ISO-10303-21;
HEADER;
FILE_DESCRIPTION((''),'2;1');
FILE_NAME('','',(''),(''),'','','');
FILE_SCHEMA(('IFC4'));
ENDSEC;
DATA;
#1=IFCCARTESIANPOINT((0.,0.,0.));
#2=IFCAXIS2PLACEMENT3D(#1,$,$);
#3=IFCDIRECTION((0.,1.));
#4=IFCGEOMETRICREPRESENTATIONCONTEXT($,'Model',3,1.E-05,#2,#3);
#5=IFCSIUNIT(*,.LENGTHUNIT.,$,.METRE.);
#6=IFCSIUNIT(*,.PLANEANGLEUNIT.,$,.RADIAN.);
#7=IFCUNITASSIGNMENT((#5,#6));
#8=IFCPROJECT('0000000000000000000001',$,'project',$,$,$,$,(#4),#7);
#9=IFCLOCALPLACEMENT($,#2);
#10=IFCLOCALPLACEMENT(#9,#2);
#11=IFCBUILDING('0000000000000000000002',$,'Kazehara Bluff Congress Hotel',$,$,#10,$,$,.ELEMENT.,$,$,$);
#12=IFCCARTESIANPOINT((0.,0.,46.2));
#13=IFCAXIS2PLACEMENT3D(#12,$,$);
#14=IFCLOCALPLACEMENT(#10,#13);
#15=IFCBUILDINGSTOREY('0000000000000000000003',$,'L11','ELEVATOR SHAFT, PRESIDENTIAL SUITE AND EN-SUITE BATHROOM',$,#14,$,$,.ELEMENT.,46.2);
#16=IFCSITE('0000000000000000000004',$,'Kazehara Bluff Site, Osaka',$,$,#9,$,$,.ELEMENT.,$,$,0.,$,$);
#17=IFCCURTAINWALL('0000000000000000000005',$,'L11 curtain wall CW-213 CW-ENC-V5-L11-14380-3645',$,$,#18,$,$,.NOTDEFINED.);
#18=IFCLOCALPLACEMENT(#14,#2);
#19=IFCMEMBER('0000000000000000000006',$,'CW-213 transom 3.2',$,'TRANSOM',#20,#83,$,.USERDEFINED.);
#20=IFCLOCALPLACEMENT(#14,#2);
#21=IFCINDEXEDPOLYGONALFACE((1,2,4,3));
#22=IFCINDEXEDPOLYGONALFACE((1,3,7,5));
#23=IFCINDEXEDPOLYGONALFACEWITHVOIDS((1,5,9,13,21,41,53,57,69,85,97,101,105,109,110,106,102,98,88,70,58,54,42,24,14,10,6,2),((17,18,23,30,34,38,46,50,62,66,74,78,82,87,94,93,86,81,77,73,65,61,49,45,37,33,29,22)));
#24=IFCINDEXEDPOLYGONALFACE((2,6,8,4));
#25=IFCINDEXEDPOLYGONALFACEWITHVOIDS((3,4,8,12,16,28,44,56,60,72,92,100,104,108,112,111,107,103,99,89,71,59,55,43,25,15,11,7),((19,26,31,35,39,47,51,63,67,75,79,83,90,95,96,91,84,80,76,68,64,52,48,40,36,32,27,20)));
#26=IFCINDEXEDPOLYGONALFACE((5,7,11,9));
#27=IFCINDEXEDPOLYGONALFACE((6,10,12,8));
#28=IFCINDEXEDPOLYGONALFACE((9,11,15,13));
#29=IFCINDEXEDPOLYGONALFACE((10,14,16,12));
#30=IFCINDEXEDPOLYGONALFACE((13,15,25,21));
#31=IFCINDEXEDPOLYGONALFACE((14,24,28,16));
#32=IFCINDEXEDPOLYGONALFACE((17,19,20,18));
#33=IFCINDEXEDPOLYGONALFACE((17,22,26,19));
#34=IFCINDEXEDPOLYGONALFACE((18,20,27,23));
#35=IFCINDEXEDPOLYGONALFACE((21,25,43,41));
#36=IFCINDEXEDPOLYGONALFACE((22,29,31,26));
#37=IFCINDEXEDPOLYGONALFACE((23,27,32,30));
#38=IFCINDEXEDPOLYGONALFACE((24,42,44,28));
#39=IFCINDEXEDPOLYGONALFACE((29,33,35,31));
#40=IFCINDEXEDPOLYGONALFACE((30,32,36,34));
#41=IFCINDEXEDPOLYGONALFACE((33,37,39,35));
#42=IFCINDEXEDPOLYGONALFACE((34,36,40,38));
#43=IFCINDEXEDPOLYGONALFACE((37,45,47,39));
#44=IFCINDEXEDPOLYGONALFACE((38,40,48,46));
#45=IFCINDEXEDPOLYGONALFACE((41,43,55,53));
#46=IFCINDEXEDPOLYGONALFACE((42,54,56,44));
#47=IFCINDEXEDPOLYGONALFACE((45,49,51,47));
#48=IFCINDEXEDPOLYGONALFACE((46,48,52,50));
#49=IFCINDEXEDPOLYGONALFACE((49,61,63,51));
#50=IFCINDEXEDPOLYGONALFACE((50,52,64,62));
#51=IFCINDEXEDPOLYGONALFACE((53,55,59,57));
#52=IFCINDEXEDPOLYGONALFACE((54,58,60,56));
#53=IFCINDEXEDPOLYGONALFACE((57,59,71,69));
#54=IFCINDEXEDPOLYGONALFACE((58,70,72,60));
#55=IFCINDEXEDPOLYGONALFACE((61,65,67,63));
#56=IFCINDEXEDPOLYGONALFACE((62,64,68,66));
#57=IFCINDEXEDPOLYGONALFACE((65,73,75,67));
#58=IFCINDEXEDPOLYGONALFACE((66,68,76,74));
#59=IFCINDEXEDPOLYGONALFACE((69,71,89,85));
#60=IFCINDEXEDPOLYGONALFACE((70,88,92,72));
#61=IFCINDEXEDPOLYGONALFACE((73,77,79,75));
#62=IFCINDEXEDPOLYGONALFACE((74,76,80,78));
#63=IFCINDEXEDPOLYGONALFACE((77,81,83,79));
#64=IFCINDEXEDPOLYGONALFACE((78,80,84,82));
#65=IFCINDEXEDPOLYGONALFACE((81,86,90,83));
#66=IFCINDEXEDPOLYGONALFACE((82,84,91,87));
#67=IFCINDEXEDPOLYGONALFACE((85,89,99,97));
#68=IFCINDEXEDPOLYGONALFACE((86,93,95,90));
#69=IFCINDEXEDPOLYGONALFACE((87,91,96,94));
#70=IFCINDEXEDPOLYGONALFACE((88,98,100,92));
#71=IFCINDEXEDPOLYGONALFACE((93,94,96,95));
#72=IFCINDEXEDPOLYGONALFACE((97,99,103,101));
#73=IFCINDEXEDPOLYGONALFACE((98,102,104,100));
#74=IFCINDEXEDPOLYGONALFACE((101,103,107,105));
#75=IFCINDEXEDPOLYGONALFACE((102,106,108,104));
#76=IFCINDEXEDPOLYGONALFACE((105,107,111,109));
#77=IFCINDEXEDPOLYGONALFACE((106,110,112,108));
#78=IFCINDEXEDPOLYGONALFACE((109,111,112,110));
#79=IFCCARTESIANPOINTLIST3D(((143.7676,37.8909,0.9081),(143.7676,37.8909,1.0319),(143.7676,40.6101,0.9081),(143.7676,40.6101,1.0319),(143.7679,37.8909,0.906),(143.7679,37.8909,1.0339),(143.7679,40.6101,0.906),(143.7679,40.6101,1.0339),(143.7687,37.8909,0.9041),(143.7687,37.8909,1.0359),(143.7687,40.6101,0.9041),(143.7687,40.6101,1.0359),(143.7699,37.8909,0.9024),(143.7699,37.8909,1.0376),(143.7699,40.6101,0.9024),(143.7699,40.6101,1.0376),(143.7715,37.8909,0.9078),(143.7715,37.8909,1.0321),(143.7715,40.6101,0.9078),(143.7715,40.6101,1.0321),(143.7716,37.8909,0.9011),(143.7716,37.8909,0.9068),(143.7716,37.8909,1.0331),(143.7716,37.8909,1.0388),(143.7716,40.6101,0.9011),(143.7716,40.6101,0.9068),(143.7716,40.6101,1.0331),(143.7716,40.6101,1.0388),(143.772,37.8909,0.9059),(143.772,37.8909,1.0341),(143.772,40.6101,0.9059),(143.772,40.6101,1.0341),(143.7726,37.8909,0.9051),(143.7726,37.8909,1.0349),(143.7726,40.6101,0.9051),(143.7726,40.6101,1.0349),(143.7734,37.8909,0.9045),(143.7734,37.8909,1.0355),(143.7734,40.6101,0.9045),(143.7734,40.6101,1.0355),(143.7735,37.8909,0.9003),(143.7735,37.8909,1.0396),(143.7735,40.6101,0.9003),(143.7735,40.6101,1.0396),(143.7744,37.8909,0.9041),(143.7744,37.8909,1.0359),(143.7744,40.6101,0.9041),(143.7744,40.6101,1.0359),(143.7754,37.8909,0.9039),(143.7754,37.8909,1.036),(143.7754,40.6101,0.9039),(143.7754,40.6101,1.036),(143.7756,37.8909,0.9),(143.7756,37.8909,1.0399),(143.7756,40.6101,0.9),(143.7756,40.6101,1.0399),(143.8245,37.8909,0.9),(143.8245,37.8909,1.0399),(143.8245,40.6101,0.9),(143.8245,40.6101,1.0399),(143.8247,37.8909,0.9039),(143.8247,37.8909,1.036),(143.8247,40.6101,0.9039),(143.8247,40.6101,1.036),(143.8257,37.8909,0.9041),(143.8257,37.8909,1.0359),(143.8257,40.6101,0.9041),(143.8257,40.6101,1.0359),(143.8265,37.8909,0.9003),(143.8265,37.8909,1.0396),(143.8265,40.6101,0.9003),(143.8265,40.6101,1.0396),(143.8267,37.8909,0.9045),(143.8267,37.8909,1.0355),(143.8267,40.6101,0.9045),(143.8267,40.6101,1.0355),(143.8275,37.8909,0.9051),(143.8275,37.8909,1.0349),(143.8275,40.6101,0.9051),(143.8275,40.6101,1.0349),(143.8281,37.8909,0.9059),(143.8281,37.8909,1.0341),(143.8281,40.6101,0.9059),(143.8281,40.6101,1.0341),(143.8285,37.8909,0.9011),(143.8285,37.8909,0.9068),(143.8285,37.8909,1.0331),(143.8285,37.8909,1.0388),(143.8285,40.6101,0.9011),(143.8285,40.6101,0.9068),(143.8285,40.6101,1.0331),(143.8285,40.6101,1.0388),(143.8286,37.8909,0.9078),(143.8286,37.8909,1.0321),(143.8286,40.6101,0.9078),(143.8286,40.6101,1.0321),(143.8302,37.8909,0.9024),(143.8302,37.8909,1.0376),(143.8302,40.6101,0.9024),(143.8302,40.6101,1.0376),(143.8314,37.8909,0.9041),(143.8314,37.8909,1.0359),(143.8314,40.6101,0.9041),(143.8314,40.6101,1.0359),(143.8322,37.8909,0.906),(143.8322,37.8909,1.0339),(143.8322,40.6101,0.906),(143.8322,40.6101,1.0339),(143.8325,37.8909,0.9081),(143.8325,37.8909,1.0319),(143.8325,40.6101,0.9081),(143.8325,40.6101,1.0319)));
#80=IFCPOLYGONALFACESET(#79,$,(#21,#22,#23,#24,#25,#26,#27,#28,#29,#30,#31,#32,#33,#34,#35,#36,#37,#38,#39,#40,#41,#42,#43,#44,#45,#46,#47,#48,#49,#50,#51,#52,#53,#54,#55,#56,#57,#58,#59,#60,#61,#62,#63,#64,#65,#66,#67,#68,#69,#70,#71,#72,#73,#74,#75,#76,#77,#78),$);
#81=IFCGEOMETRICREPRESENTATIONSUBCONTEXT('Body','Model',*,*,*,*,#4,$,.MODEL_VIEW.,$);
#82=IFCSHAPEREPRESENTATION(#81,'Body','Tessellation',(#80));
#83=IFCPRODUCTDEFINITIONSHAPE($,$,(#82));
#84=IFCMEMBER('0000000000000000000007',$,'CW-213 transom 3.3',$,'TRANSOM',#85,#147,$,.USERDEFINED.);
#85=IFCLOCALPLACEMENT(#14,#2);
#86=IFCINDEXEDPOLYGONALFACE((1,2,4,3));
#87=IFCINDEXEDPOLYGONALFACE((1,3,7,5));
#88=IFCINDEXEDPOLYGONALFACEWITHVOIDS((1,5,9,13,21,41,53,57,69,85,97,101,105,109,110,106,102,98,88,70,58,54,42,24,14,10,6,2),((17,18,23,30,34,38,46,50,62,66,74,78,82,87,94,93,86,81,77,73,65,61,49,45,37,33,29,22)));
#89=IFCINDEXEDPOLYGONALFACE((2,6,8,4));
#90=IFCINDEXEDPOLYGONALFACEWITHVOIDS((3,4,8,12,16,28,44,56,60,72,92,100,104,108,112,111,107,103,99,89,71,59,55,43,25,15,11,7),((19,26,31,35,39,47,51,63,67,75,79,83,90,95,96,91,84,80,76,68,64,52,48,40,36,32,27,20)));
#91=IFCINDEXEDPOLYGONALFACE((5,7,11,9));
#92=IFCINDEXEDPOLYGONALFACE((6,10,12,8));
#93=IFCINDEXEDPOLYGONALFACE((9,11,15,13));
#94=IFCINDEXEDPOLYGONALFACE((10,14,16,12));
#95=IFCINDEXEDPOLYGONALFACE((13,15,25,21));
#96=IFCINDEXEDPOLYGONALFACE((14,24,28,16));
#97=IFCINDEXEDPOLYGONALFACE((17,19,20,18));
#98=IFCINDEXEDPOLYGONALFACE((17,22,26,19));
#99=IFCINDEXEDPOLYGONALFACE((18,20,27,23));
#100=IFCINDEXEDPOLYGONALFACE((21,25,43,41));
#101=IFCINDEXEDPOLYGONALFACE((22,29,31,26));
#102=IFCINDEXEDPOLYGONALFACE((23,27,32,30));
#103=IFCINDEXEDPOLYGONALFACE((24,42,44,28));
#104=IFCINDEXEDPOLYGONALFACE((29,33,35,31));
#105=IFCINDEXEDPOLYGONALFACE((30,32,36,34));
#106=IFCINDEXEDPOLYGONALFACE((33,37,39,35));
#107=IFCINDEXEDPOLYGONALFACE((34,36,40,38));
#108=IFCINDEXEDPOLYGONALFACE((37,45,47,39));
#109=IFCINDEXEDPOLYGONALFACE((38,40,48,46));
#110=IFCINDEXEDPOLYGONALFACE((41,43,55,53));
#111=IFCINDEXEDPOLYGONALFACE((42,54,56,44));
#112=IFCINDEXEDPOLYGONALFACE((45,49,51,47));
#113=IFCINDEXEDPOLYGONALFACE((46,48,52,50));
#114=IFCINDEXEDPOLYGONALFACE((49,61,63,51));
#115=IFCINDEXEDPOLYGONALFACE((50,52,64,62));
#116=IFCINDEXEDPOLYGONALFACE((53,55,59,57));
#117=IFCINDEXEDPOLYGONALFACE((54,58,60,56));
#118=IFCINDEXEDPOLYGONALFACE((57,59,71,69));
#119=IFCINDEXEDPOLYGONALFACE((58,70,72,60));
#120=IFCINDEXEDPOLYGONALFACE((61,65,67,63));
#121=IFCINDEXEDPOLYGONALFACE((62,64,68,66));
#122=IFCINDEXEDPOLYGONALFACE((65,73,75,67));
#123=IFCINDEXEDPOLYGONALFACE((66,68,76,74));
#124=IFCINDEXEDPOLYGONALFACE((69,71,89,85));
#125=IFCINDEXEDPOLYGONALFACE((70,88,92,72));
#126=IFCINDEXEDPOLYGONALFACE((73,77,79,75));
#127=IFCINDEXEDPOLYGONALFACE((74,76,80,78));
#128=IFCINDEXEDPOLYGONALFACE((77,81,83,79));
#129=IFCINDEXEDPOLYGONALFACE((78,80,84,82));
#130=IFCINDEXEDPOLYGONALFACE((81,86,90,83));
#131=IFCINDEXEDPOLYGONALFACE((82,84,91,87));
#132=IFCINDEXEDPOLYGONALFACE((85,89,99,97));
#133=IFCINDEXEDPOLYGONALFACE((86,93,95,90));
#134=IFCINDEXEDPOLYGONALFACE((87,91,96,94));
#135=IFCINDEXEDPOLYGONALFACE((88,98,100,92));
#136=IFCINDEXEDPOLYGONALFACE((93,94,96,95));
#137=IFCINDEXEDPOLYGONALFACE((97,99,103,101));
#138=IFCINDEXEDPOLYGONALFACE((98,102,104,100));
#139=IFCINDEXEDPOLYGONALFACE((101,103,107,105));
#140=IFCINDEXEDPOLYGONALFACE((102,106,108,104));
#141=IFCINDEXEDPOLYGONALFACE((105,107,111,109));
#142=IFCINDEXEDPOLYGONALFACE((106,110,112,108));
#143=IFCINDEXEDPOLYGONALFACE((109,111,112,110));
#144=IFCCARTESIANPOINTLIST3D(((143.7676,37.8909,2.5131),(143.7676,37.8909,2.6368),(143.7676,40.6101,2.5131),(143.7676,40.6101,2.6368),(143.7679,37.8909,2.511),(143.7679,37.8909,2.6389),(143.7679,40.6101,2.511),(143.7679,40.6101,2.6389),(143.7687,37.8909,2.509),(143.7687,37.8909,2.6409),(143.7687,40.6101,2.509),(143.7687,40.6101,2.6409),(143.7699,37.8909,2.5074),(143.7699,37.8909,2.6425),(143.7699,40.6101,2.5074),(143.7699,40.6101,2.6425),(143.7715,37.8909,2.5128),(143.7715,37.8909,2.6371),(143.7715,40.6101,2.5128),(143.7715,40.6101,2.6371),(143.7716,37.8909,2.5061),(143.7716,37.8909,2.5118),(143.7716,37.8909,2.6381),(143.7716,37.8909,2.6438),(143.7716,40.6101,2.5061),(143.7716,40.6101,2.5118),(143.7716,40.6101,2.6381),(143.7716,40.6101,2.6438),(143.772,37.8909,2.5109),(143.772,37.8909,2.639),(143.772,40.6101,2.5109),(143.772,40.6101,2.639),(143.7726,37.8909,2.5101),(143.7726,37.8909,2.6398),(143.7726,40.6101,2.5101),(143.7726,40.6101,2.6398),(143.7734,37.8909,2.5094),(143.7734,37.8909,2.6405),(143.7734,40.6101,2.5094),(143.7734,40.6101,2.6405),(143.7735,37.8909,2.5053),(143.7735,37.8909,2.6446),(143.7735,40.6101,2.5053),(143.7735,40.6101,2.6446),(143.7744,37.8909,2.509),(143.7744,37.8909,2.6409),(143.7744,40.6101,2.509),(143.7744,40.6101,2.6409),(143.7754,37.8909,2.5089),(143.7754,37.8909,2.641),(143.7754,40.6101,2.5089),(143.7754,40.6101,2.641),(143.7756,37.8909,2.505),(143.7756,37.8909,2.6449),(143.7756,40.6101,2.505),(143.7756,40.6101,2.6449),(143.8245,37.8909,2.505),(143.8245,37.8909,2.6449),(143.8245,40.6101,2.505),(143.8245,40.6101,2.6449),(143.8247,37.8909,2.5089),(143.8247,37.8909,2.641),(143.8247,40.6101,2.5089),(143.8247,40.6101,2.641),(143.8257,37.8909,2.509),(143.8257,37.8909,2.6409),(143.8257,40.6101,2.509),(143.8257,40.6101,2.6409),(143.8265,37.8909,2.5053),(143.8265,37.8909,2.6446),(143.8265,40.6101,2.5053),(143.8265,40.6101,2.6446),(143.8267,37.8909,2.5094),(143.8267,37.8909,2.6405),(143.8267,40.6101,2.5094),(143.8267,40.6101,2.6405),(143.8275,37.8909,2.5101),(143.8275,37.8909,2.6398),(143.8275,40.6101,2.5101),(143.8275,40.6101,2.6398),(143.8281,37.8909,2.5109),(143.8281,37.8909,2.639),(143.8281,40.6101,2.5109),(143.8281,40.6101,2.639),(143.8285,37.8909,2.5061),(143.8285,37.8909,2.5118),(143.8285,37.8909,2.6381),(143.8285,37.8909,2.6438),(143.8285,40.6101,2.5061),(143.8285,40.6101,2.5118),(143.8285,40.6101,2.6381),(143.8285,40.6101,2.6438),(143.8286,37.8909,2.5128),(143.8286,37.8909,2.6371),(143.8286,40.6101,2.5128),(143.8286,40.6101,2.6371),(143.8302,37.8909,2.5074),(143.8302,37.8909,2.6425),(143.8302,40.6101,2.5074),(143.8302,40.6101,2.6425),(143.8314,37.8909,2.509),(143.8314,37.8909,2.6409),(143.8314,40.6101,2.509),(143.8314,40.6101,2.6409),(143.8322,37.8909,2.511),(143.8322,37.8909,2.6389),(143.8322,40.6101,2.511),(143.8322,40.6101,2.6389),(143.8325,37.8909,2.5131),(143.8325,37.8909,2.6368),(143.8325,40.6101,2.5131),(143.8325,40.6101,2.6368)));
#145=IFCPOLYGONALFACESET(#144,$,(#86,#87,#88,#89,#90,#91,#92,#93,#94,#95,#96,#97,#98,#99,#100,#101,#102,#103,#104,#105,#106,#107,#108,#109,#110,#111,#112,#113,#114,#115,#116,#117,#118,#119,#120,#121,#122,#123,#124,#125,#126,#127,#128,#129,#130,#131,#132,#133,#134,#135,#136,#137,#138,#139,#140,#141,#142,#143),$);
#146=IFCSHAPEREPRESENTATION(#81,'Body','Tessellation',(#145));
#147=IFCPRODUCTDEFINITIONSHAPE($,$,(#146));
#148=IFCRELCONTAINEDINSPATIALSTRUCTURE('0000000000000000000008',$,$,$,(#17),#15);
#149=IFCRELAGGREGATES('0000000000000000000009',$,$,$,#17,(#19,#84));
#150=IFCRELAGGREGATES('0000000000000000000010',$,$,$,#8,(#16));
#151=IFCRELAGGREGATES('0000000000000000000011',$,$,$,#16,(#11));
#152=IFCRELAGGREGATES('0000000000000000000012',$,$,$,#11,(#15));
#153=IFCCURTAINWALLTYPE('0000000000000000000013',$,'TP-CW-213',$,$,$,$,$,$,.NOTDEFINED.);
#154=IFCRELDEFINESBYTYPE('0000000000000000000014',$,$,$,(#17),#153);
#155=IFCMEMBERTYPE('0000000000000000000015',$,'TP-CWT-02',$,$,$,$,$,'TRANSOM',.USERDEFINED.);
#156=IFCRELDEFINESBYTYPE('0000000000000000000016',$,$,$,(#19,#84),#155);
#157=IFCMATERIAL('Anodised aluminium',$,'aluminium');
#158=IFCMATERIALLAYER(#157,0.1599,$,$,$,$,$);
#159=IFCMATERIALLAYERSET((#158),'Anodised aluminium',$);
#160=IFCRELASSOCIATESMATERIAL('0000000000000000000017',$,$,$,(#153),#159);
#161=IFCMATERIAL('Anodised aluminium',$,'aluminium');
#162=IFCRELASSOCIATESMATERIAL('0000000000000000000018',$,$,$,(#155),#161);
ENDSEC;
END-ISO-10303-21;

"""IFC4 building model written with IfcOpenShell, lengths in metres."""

from ifc_helpers import new_model, si_unit, direction, frame, origin, origin_2d, place, context, subcontext, project, spatial, hollow_rectangle, extrude, material, layer, layer_set, material_profile, profile_set, type_object, element, aggregate, save


model = new_model("IFC4")

# Units and contexts
model_context = context("Model", 3, precision=1e-05, world=origin(), true_north=direction((0.0, 1.0)))
body_context = subcontext(model_context, "Body", "Model", "MODEL_VIEW")
ifc_project = project(units=[si_unit("LENGTHUNIT", "METRE"), si_unit("PLANEANGLEUNIT", "RADIAN")], contexts=[model_context])

# Site, building, storey
site_placement = place(None, origin())
site = spatial("IfcSite", under=ifc_project, at=site_placement, Name="Kazehara Bluff Site, Osaka", CompositionType="ELEMENT", RefElevation=0.0)
building_placement = place(site_placement, origin())
building = spatial("IfcBuilding", under=site, at=building_placement, Name="Kazehara Bluff Congress Hotel", CompositionType="ELEMENT")
storey_placement = place(building_placement, frame((0.0, 0.0, 46.2)))
storey = spatial("IfcBuildingStorey", under=building, at=storey_placement, Name="L11", Description="ELEVATOR SHAFT, PRESIDENTIAL SUITE AND EN-SUITE BATHROOM", CompositionType="ELEMENT", Elevation=46.2)

# Curtain wall, members
ifc_material_1 = material(Name="Anodised aluminium", Category="aluminium")
ifc_layer_1 = layer(ifc_material_1, 0.1599)
ifc_layer_set_1 = layer_set([ifc_layer_1], Name="Anodised aluminium")
curtain_wall_type = type_object("IfcCurtainWallType", Name="TP-CW-213", PredefinedType="NOTDEFINED", material=ifc_layer_set_1)
curtain_wall_placement = place(storey_placement, origin())
curtain_wall = element("IfcCurtainWall", 1, at=curtain_wall_placement, inside=storey, type_object=curtain_wall_type, Name="L11 curtain wall CW-213 CW-ENC-V5-L11-14380-3645", PredefinedType="NOTDEFINED")
ifc_material_2 = material(Name="Anodised aluminium", Category="aluminium")
ifc_material_profile_1 = material_profile(ifc_material_2, hollow_rectangle(XDim=0.0649, YDim=0.1399, WallThickness=0.0039, InnerFilletRadius=0.0039, OuterFilletRadius=0.0081, at=origin_2d()))
ifc_profile_set_1 = profile_set([ifc_material_profile_1], Name="Anodised aluminium")
member_type = type_object("IfcMemberType", Name="TP-CWT-02", ElementType="TRANSOM", PredefinedType="USERDEFINED", material=ifc_profile_set_1)
member_1_placement = place(storey_placement, frame((143.8, 37.8909, 0.97), z_axis=(0.0, 1.0, 0.0), x_axis=(-1.0, 0.0, 0.0)))
member_1 = element("IfcMember", 2, at=member_1_placement, type_object=member_type, Name="CW-213 transom 3.2", ObjectType="TRANSOM", PredefinedType="USERDEFINED", context=body_context, shape_type="SweptSolid", body=[
    extrude(hollow_rectangle(XDim=0.0649, YDim=0.1399, WallThickness=0.0039, InnerFilletRadius=0.0039, OuterFilletRadius=0.0081, at=origin_2d()), origin(), (0.0, 0.0, 1.0), 2.7192),
])
member_2_placement = place(storey_placement, frame((143.8, 37.8909, 2.575), z_axis=(0.0, 1.0, 0.0), x_axis=(-1.0, 0.0, 0.0)))
member_2 = element("IfcMember", 3, at=member_2_placement, type_object=member_type, Name="CW-213 transom 3.3", ObjectType="TRANSOM", PredefinedType="USERDEFINED", context=body_context, shape_type="SweptSolid", body=[
    extrude(hollow_rectangle(XDim=0.0649, YDim=0.1399, WallThickness=0.0039, InnerFilletRadius=0.0039, OuterFilletRadius=0.0081, at=origin_2d()), origin(), (0.0, 0.0, 1.0), 2.7192),
])

aggregate(curtain_wall, [member_1, member_2])

save(model, "model.ifc")
